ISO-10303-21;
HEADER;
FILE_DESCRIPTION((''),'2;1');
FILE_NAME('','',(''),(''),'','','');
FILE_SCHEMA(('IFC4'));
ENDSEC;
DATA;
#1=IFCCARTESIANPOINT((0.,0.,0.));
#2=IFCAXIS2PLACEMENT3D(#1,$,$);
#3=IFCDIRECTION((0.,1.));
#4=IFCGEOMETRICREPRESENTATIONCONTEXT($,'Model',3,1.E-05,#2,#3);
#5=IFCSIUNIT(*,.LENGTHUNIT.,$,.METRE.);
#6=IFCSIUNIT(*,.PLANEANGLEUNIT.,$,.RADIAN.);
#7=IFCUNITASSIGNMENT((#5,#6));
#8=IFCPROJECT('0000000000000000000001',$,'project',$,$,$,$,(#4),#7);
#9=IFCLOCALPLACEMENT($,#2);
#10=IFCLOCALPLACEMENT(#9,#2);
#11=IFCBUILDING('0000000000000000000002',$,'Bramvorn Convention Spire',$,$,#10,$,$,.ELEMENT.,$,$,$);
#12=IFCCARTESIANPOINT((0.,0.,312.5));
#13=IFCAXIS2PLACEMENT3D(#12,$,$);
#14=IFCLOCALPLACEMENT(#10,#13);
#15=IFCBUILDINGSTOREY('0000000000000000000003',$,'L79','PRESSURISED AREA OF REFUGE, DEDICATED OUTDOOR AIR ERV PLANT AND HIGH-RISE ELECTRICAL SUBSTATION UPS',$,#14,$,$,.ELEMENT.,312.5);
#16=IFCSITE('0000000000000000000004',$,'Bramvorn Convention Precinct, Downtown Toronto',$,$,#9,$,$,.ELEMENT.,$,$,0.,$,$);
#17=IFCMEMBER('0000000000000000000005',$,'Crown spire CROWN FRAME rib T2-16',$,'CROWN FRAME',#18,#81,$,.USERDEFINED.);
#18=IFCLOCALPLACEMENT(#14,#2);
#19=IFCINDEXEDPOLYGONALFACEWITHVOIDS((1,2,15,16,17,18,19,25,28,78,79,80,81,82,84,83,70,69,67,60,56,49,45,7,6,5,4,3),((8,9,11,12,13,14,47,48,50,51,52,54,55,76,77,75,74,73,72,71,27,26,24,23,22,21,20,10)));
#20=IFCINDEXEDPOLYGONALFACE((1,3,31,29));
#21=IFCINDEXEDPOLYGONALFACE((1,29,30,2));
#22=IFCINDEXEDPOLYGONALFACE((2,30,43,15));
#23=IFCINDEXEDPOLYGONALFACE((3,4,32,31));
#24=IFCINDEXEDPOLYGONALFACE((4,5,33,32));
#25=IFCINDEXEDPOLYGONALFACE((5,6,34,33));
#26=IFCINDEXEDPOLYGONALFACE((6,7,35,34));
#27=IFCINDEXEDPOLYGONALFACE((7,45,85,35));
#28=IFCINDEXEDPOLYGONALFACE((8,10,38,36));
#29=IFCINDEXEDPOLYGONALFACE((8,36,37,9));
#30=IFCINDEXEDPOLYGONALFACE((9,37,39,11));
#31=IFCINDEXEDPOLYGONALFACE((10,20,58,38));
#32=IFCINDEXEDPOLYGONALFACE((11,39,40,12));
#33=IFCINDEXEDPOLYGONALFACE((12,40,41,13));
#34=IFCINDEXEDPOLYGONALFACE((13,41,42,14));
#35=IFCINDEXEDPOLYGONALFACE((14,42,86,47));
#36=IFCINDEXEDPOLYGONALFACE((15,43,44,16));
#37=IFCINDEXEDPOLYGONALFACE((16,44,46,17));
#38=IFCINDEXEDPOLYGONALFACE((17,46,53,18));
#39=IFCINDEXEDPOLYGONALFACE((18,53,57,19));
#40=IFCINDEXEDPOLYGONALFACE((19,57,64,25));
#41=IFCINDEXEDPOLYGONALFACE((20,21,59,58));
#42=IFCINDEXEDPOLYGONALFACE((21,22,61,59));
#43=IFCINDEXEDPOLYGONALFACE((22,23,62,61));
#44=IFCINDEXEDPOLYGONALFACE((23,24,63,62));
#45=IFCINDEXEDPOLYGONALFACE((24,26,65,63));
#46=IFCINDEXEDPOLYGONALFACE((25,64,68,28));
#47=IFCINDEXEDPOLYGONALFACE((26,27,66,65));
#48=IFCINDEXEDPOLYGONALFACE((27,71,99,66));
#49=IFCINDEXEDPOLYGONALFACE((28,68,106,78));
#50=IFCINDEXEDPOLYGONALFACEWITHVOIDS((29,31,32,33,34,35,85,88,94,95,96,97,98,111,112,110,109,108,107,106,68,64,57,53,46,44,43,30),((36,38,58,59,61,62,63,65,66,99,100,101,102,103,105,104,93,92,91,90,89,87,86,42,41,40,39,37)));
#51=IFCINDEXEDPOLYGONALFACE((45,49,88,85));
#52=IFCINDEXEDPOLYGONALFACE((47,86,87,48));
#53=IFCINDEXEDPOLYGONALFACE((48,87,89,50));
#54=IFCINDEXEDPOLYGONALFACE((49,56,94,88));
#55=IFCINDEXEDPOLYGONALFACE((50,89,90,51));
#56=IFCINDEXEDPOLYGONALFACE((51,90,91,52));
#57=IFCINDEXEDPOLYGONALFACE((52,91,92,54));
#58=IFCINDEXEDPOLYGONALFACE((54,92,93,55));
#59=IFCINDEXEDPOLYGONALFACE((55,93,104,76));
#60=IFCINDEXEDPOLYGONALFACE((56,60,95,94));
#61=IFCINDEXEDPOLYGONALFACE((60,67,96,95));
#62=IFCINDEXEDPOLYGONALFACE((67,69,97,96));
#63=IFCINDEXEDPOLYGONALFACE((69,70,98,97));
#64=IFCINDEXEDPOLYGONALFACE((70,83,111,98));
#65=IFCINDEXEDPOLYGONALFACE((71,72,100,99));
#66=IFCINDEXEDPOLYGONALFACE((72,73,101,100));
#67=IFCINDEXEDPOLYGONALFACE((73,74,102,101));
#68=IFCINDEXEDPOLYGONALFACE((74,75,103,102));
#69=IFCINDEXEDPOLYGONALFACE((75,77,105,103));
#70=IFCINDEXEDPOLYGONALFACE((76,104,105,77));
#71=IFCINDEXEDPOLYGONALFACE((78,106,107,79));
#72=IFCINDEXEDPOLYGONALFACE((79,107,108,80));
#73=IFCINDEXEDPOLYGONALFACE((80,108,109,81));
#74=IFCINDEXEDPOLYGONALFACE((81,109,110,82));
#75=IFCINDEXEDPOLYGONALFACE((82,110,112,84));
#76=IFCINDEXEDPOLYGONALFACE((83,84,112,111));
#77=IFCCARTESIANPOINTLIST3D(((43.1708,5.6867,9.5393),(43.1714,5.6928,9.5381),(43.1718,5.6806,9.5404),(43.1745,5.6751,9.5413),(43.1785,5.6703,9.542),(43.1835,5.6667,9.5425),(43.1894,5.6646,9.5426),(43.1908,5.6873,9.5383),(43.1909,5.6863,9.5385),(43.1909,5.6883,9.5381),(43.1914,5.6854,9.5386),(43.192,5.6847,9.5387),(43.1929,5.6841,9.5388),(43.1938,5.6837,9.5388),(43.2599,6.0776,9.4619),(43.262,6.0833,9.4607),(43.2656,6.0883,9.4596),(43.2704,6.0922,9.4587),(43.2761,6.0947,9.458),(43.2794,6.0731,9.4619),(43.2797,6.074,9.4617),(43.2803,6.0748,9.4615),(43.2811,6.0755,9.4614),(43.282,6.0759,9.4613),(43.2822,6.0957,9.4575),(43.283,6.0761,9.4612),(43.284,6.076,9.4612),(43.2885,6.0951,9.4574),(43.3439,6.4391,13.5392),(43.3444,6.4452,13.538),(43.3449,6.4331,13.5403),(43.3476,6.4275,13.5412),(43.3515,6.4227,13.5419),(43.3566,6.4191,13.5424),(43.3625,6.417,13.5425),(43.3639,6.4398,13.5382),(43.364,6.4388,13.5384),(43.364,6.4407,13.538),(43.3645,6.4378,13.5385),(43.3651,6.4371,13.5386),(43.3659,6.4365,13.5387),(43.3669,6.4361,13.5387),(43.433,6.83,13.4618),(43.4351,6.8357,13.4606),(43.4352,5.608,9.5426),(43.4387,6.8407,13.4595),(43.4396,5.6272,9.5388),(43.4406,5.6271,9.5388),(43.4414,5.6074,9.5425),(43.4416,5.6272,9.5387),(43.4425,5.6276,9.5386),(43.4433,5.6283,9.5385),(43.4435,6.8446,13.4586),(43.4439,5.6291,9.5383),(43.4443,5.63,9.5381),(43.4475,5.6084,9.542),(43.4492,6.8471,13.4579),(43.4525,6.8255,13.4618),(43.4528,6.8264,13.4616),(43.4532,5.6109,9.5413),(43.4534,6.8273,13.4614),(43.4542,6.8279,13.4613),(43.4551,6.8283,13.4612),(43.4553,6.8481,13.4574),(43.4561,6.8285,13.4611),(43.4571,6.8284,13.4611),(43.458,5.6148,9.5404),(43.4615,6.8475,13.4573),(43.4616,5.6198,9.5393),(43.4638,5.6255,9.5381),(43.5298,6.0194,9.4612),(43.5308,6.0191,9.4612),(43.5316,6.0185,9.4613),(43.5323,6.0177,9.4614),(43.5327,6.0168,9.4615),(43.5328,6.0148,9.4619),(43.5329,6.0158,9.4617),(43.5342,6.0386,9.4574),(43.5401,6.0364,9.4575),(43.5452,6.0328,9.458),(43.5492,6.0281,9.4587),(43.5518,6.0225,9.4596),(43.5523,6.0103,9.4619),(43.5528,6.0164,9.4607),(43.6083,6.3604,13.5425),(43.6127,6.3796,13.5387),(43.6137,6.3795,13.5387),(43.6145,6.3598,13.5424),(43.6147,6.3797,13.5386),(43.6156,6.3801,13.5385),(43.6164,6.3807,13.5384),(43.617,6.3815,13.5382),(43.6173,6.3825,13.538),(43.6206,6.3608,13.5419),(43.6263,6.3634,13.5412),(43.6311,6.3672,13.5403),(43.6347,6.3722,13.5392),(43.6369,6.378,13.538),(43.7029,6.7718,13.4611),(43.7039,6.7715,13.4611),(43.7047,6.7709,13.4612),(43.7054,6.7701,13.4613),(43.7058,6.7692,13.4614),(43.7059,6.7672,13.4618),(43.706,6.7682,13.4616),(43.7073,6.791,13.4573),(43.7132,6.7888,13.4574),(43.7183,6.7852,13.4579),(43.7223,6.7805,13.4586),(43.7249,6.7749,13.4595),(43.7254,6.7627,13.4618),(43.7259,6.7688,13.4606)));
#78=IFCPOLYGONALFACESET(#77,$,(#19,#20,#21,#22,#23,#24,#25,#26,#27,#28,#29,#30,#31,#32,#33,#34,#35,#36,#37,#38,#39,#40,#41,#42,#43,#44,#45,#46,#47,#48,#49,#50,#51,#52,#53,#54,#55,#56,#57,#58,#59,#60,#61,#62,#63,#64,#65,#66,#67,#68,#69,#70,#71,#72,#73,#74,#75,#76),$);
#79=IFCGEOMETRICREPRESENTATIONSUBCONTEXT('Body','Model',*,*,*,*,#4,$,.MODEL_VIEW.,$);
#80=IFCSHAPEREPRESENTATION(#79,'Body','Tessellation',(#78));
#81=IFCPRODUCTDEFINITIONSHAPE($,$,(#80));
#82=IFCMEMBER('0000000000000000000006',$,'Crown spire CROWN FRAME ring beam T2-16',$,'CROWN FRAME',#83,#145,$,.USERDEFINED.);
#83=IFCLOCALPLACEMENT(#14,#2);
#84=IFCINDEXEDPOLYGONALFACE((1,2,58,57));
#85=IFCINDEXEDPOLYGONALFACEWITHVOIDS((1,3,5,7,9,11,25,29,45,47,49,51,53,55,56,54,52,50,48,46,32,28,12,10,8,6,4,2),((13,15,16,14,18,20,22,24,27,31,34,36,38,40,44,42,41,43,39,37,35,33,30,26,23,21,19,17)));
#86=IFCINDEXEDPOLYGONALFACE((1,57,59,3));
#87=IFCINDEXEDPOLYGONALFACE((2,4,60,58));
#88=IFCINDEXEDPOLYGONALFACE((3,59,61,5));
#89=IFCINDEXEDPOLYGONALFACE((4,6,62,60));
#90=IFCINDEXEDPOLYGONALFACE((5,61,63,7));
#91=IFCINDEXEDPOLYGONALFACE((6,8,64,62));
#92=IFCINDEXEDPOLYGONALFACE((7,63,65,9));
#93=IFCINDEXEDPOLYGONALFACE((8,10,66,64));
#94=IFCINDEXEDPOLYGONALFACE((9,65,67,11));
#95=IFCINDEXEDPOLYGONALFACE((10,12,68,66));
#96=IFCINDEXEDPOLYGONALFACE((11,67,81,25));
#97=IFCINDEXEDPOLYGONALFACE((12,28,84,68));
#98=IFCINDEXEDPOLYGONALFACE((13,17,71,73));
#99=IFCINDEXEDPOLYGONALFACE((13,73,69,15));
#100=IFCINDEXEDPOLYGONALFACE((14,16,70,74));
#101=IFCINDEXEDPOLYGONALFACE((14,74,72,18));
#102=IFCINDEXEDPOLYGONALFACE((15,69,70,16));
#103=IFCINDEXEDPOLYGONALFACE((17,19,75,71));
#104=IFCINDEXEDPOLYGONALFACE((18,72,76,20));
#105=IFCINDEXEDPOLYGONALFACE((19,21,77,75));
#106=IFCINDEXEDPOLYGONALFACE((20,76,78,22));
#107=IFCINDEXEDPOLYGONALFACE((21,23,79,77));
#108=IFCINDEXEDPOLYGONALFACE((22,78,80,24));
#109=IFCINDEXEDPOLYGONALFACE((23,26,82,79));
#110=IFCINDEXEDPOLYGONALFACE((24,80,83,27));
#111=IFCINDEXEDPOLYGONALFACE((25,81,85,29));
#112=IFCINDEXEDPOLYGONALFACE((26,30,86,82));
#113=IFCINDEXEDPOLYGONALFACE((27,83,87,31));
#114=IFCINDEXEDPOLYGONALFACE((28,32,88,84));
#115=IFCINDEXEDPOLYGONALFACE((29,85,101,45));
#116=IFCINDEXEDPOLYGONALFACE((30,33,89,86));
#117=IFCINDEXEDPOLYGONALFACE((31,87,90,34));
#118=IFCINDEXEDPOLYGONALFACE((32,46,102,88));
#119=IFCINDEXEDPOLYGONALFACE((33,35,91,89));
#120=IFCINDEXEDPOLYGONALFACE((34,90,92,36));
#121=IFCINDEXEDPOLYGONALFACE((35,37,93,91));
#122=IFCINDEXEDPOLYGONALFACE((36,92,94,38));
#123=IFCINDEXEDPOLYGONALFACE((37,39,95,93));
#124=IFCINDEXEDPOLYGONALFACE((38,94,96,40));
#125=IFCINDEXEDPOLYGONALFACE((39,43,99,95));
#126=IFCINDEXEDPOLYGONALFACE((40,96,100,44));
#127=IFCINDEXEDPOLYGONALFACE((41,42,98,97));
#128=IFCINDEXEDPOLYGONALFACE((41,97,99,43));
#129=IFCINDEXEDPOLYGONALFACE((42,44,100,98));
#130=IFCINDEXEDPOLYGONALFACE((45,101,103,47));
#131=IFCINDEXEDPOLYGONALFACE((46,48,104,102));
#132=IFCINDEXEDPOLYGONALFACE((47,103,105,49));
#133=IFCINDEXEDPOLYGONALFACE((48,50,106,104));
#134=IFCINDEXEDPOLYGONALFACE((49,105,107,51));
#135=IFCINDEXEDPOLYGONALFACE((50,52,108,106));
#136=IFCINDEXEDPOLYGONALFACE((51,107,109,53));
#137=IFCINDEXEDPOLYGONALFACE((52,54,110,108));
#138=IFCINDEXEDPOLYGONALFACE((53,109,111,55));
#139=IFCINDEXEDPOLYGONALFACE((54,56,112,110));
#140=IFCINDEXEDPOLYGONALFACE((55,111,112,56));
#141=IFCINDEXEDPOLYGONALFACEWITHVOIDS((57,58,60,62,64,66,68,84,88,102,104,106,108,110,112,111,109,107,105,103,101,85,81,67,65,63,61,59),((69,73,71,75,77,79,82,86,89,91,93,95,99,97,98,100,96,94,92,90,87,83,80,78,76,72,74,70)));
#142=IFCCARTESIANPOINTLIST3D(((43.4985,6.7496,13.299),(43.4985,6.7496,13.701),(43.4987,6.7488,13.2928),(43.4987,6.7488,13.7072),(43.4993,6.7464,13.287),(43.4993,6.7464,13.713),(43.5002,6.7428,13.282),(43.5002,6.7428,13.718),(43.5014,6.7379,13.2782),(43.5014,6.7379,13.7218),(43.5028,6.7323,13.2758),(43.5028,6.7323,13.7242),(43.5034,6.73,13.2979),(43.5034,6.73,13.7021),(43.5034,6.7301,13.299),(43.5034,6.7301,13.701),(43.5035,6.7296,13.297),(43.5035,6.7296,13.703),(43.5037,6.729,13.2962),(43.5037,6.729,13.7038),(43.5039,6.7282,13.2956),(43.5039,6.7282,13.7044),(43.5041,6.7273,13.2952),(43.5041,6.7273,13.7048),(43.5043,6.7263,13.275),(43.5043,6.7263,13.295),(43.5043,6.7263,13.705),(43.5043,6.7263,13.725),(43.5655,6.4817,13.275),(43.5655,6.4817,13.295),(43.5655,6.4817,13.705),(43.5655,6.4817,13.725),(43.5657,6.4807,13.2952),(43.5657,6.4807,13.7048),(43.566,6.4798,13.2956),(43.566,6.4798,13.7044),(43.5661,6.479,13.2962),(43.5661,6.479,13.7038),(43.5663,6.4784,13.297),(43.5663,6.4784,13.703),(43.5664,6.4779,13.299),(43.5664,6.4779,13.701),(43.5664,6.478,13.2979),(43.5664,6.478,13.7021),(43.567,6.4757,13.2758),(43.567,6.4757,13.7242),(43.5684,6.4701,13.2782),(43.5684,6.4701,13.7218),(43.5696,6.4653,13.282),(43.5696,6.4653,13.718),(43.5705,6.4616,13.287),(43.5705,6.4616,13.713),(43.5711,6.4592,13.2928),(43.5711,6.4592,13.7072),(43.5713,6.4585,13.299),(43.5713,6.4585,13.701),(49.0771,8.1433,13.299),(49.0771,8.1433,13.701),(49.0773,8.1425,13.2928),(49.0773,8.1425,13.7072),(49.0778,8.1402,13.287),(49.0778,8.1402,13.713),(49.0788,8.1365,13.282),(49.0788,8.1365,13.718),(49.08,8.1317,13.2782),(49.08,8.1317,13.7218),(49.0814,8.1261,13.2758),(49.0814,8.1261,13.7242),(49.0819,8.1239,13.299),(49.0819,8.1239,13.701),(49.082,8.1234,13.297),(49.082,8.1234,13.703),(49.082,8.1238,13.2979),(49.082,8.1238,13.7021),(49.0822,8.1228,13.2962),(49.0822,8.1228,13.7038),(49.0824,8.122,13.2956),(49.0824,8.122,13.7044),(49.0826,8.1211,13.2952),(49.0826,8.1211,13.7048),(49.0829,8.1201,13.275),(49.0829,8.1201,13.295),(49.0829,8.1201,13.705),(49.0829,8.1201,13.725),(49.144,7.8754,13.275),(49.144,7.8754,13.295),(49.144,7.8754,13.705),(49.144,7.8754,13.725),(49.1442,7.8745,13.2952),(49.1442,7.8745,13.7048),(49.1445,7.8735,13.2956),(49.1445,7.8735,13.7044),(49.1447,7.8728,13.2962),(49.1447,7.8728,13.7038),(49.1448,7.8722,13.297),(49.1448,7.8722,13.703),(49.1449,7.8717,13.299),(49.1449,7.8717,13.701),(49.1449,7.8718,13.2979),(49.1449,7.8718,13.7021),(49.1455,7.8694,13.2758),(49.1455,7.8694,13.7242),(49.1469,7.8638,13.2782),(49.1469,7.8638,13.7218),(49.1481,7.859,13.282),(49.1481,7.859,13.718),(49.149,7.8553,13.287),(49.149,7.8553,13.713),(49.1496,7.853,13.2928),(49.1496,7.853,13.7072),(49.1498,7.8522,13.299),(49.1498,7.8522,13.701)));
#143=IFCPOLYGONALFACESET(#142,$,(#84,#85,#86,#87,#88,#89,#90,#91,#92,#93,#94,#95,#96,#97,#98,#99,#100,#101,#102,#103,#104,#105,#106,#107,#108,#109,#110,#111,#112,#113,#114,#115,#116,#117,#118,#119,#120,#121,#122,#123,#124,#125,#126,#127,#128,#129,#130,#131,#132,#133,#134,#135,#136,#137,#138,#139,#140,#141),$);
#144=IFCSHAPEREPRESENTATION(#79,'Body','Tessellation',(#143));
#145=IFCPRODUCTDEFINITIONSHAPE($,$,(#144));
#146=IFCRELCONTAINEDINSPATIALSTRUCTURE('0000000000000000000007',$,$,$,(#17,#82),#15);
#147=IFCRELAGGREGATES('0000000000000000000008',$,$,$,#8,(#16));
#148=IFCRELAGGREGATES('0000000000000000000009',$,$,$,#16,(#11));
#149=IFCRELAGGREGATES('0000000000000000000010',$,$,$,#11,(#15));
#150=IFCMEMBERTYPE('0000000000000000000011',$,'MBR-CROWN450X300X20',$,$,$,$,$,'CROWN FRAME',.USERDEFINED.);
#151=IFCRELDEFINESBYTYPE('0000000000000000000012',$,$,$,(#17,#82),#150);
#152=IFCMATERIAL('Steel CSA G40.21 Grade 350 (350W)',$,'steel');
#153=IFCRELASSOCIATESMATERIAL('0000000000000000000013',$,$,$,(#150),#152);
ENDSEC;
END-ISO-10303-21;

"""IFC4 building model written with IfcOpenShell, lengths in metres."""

from ifc_helpers import new_model, si_unit, direction, frame, origin, origin_2d, place, context, subcontext, project, spatial, hollow_rectangle, extrude, material, material_profile, profile_set, type_object, element, save


model = new_model("IFC4")

# Units and contexts
model_context = context("Model", 3, precision=1e-05, world=origin(), true_north=direction((0.0, 1.0)))
body_context = subcontext(model_context, "Body", "Model", "MODEL_VIEW")
ifc_project = project(units=[si_unit("LENGTHUNIT", "METRE"), si_unit("PLANEANGLEUNIT", "RADIAN")], contexts=[model_context])

# Site, building, storey
site_placement = place(None, origin())
site = spatial("IfcSite", under=ifc_project, at=site_placement, Name="Bramvorn Convention Precinct, Downtown Toronto", CompositionType="ELEMENT", RefElevation=0.0)
building_placement = place(site_placement, origin())
building = spatial("IfcBuilding", under=site, at=building_placement, Name="Bramvorn Convention Spire", CompositionType="ELEMENT")
storey_placement = place(building_placement, frame((0.0, 0.0, 312.5)))
storey = spatial("IfcBuildingStorey", under=building, at=storey_placement, Name="L79", Description="PRESSURISED AREA OF REFUGE, DEDICATED OUTDOOR AIR ERV PLANT AND HIGH-RISE ELECTRICAL SUBSTATION UPS", CompositionType="ELEMENT", Elevation=312.5)

# Shared definitions
ifc_material_1 = material(Name="Steel CSA G40.21 Grade 350 (350W)", Category="steel")

# Members
ifc_material_profile_1 = material_profile(ifc_material_1, hollow_rectangle(XDim=0.3, YDim=0.45, WallThickness=0.02, InnerFilletRadius=0.0039, OuterFilletRadius=0.0239, at=origin_2d()))
ifc_profile_set_1 = profile_set([ifc_material_profile_1], Name="Steel CSA G40.21 Grade 350 (350W) - CROWN450X300X20")
member_type = type_object("IfcMemberType", Name="MBR-CROWN450X300X20", ElementType="CROWN FRAME", PredefinedType="USERDEFINED", material=ifc_profile_set_1)
member_1_placement = place(storey_placement, frame((43.3618, 5.8516, 9.5), z_axis=(0.04249, 0.184701, 0.981876), x_axis=(-0.974546, 0.22419, 0.0)))
element("IfcMember", 1, at=member_1_placement, inside=storey, type_object=member_type, Name="Crown spire CROWN FRAME rib T2-16", ObjectType="CROWN FRAME", PredefinedType="USERDEFINED", context=body_context, shape_type="SweptSolid", body=[
    extrude(hollow_rectangle(XDim=0.3, YDim=0.45, WallThickness=0.02, InnerFilletRadius=0.0039, OuterFilletRadius=0.0239, at=origin_2d()), origin(), (0.0, 0.0, 1.0), 4.0737),
])
member_2_placement = place(storey_placement, frame((43.5349, 6.604, 13.5), z_axis=(0.970177, 0.242396, 0.0), x_axis=(-0.242396, 0.970177, 0.0)))
element("IfcMember", 2, at=member_2_placement, inside=storey, type_object=member_type, Name="Crown spire CROWN FRAME ring beam T2-16", ObjectType="CROWN FRAME", PredefinedType="USERDEFINED", context=body_context, shape_type="SweptSolid", body=[
    extrude(hollow_rectangle(XDim=0.3, YDim=0.45, WallThickness=0.02, InnerFilletRadius=0.0039, OuterFilletRadius=0.0239, at=origin_2d()), origin(), (0.0, 0.0, 1.0), 5.75),
])

save(model, "model.ifc")
